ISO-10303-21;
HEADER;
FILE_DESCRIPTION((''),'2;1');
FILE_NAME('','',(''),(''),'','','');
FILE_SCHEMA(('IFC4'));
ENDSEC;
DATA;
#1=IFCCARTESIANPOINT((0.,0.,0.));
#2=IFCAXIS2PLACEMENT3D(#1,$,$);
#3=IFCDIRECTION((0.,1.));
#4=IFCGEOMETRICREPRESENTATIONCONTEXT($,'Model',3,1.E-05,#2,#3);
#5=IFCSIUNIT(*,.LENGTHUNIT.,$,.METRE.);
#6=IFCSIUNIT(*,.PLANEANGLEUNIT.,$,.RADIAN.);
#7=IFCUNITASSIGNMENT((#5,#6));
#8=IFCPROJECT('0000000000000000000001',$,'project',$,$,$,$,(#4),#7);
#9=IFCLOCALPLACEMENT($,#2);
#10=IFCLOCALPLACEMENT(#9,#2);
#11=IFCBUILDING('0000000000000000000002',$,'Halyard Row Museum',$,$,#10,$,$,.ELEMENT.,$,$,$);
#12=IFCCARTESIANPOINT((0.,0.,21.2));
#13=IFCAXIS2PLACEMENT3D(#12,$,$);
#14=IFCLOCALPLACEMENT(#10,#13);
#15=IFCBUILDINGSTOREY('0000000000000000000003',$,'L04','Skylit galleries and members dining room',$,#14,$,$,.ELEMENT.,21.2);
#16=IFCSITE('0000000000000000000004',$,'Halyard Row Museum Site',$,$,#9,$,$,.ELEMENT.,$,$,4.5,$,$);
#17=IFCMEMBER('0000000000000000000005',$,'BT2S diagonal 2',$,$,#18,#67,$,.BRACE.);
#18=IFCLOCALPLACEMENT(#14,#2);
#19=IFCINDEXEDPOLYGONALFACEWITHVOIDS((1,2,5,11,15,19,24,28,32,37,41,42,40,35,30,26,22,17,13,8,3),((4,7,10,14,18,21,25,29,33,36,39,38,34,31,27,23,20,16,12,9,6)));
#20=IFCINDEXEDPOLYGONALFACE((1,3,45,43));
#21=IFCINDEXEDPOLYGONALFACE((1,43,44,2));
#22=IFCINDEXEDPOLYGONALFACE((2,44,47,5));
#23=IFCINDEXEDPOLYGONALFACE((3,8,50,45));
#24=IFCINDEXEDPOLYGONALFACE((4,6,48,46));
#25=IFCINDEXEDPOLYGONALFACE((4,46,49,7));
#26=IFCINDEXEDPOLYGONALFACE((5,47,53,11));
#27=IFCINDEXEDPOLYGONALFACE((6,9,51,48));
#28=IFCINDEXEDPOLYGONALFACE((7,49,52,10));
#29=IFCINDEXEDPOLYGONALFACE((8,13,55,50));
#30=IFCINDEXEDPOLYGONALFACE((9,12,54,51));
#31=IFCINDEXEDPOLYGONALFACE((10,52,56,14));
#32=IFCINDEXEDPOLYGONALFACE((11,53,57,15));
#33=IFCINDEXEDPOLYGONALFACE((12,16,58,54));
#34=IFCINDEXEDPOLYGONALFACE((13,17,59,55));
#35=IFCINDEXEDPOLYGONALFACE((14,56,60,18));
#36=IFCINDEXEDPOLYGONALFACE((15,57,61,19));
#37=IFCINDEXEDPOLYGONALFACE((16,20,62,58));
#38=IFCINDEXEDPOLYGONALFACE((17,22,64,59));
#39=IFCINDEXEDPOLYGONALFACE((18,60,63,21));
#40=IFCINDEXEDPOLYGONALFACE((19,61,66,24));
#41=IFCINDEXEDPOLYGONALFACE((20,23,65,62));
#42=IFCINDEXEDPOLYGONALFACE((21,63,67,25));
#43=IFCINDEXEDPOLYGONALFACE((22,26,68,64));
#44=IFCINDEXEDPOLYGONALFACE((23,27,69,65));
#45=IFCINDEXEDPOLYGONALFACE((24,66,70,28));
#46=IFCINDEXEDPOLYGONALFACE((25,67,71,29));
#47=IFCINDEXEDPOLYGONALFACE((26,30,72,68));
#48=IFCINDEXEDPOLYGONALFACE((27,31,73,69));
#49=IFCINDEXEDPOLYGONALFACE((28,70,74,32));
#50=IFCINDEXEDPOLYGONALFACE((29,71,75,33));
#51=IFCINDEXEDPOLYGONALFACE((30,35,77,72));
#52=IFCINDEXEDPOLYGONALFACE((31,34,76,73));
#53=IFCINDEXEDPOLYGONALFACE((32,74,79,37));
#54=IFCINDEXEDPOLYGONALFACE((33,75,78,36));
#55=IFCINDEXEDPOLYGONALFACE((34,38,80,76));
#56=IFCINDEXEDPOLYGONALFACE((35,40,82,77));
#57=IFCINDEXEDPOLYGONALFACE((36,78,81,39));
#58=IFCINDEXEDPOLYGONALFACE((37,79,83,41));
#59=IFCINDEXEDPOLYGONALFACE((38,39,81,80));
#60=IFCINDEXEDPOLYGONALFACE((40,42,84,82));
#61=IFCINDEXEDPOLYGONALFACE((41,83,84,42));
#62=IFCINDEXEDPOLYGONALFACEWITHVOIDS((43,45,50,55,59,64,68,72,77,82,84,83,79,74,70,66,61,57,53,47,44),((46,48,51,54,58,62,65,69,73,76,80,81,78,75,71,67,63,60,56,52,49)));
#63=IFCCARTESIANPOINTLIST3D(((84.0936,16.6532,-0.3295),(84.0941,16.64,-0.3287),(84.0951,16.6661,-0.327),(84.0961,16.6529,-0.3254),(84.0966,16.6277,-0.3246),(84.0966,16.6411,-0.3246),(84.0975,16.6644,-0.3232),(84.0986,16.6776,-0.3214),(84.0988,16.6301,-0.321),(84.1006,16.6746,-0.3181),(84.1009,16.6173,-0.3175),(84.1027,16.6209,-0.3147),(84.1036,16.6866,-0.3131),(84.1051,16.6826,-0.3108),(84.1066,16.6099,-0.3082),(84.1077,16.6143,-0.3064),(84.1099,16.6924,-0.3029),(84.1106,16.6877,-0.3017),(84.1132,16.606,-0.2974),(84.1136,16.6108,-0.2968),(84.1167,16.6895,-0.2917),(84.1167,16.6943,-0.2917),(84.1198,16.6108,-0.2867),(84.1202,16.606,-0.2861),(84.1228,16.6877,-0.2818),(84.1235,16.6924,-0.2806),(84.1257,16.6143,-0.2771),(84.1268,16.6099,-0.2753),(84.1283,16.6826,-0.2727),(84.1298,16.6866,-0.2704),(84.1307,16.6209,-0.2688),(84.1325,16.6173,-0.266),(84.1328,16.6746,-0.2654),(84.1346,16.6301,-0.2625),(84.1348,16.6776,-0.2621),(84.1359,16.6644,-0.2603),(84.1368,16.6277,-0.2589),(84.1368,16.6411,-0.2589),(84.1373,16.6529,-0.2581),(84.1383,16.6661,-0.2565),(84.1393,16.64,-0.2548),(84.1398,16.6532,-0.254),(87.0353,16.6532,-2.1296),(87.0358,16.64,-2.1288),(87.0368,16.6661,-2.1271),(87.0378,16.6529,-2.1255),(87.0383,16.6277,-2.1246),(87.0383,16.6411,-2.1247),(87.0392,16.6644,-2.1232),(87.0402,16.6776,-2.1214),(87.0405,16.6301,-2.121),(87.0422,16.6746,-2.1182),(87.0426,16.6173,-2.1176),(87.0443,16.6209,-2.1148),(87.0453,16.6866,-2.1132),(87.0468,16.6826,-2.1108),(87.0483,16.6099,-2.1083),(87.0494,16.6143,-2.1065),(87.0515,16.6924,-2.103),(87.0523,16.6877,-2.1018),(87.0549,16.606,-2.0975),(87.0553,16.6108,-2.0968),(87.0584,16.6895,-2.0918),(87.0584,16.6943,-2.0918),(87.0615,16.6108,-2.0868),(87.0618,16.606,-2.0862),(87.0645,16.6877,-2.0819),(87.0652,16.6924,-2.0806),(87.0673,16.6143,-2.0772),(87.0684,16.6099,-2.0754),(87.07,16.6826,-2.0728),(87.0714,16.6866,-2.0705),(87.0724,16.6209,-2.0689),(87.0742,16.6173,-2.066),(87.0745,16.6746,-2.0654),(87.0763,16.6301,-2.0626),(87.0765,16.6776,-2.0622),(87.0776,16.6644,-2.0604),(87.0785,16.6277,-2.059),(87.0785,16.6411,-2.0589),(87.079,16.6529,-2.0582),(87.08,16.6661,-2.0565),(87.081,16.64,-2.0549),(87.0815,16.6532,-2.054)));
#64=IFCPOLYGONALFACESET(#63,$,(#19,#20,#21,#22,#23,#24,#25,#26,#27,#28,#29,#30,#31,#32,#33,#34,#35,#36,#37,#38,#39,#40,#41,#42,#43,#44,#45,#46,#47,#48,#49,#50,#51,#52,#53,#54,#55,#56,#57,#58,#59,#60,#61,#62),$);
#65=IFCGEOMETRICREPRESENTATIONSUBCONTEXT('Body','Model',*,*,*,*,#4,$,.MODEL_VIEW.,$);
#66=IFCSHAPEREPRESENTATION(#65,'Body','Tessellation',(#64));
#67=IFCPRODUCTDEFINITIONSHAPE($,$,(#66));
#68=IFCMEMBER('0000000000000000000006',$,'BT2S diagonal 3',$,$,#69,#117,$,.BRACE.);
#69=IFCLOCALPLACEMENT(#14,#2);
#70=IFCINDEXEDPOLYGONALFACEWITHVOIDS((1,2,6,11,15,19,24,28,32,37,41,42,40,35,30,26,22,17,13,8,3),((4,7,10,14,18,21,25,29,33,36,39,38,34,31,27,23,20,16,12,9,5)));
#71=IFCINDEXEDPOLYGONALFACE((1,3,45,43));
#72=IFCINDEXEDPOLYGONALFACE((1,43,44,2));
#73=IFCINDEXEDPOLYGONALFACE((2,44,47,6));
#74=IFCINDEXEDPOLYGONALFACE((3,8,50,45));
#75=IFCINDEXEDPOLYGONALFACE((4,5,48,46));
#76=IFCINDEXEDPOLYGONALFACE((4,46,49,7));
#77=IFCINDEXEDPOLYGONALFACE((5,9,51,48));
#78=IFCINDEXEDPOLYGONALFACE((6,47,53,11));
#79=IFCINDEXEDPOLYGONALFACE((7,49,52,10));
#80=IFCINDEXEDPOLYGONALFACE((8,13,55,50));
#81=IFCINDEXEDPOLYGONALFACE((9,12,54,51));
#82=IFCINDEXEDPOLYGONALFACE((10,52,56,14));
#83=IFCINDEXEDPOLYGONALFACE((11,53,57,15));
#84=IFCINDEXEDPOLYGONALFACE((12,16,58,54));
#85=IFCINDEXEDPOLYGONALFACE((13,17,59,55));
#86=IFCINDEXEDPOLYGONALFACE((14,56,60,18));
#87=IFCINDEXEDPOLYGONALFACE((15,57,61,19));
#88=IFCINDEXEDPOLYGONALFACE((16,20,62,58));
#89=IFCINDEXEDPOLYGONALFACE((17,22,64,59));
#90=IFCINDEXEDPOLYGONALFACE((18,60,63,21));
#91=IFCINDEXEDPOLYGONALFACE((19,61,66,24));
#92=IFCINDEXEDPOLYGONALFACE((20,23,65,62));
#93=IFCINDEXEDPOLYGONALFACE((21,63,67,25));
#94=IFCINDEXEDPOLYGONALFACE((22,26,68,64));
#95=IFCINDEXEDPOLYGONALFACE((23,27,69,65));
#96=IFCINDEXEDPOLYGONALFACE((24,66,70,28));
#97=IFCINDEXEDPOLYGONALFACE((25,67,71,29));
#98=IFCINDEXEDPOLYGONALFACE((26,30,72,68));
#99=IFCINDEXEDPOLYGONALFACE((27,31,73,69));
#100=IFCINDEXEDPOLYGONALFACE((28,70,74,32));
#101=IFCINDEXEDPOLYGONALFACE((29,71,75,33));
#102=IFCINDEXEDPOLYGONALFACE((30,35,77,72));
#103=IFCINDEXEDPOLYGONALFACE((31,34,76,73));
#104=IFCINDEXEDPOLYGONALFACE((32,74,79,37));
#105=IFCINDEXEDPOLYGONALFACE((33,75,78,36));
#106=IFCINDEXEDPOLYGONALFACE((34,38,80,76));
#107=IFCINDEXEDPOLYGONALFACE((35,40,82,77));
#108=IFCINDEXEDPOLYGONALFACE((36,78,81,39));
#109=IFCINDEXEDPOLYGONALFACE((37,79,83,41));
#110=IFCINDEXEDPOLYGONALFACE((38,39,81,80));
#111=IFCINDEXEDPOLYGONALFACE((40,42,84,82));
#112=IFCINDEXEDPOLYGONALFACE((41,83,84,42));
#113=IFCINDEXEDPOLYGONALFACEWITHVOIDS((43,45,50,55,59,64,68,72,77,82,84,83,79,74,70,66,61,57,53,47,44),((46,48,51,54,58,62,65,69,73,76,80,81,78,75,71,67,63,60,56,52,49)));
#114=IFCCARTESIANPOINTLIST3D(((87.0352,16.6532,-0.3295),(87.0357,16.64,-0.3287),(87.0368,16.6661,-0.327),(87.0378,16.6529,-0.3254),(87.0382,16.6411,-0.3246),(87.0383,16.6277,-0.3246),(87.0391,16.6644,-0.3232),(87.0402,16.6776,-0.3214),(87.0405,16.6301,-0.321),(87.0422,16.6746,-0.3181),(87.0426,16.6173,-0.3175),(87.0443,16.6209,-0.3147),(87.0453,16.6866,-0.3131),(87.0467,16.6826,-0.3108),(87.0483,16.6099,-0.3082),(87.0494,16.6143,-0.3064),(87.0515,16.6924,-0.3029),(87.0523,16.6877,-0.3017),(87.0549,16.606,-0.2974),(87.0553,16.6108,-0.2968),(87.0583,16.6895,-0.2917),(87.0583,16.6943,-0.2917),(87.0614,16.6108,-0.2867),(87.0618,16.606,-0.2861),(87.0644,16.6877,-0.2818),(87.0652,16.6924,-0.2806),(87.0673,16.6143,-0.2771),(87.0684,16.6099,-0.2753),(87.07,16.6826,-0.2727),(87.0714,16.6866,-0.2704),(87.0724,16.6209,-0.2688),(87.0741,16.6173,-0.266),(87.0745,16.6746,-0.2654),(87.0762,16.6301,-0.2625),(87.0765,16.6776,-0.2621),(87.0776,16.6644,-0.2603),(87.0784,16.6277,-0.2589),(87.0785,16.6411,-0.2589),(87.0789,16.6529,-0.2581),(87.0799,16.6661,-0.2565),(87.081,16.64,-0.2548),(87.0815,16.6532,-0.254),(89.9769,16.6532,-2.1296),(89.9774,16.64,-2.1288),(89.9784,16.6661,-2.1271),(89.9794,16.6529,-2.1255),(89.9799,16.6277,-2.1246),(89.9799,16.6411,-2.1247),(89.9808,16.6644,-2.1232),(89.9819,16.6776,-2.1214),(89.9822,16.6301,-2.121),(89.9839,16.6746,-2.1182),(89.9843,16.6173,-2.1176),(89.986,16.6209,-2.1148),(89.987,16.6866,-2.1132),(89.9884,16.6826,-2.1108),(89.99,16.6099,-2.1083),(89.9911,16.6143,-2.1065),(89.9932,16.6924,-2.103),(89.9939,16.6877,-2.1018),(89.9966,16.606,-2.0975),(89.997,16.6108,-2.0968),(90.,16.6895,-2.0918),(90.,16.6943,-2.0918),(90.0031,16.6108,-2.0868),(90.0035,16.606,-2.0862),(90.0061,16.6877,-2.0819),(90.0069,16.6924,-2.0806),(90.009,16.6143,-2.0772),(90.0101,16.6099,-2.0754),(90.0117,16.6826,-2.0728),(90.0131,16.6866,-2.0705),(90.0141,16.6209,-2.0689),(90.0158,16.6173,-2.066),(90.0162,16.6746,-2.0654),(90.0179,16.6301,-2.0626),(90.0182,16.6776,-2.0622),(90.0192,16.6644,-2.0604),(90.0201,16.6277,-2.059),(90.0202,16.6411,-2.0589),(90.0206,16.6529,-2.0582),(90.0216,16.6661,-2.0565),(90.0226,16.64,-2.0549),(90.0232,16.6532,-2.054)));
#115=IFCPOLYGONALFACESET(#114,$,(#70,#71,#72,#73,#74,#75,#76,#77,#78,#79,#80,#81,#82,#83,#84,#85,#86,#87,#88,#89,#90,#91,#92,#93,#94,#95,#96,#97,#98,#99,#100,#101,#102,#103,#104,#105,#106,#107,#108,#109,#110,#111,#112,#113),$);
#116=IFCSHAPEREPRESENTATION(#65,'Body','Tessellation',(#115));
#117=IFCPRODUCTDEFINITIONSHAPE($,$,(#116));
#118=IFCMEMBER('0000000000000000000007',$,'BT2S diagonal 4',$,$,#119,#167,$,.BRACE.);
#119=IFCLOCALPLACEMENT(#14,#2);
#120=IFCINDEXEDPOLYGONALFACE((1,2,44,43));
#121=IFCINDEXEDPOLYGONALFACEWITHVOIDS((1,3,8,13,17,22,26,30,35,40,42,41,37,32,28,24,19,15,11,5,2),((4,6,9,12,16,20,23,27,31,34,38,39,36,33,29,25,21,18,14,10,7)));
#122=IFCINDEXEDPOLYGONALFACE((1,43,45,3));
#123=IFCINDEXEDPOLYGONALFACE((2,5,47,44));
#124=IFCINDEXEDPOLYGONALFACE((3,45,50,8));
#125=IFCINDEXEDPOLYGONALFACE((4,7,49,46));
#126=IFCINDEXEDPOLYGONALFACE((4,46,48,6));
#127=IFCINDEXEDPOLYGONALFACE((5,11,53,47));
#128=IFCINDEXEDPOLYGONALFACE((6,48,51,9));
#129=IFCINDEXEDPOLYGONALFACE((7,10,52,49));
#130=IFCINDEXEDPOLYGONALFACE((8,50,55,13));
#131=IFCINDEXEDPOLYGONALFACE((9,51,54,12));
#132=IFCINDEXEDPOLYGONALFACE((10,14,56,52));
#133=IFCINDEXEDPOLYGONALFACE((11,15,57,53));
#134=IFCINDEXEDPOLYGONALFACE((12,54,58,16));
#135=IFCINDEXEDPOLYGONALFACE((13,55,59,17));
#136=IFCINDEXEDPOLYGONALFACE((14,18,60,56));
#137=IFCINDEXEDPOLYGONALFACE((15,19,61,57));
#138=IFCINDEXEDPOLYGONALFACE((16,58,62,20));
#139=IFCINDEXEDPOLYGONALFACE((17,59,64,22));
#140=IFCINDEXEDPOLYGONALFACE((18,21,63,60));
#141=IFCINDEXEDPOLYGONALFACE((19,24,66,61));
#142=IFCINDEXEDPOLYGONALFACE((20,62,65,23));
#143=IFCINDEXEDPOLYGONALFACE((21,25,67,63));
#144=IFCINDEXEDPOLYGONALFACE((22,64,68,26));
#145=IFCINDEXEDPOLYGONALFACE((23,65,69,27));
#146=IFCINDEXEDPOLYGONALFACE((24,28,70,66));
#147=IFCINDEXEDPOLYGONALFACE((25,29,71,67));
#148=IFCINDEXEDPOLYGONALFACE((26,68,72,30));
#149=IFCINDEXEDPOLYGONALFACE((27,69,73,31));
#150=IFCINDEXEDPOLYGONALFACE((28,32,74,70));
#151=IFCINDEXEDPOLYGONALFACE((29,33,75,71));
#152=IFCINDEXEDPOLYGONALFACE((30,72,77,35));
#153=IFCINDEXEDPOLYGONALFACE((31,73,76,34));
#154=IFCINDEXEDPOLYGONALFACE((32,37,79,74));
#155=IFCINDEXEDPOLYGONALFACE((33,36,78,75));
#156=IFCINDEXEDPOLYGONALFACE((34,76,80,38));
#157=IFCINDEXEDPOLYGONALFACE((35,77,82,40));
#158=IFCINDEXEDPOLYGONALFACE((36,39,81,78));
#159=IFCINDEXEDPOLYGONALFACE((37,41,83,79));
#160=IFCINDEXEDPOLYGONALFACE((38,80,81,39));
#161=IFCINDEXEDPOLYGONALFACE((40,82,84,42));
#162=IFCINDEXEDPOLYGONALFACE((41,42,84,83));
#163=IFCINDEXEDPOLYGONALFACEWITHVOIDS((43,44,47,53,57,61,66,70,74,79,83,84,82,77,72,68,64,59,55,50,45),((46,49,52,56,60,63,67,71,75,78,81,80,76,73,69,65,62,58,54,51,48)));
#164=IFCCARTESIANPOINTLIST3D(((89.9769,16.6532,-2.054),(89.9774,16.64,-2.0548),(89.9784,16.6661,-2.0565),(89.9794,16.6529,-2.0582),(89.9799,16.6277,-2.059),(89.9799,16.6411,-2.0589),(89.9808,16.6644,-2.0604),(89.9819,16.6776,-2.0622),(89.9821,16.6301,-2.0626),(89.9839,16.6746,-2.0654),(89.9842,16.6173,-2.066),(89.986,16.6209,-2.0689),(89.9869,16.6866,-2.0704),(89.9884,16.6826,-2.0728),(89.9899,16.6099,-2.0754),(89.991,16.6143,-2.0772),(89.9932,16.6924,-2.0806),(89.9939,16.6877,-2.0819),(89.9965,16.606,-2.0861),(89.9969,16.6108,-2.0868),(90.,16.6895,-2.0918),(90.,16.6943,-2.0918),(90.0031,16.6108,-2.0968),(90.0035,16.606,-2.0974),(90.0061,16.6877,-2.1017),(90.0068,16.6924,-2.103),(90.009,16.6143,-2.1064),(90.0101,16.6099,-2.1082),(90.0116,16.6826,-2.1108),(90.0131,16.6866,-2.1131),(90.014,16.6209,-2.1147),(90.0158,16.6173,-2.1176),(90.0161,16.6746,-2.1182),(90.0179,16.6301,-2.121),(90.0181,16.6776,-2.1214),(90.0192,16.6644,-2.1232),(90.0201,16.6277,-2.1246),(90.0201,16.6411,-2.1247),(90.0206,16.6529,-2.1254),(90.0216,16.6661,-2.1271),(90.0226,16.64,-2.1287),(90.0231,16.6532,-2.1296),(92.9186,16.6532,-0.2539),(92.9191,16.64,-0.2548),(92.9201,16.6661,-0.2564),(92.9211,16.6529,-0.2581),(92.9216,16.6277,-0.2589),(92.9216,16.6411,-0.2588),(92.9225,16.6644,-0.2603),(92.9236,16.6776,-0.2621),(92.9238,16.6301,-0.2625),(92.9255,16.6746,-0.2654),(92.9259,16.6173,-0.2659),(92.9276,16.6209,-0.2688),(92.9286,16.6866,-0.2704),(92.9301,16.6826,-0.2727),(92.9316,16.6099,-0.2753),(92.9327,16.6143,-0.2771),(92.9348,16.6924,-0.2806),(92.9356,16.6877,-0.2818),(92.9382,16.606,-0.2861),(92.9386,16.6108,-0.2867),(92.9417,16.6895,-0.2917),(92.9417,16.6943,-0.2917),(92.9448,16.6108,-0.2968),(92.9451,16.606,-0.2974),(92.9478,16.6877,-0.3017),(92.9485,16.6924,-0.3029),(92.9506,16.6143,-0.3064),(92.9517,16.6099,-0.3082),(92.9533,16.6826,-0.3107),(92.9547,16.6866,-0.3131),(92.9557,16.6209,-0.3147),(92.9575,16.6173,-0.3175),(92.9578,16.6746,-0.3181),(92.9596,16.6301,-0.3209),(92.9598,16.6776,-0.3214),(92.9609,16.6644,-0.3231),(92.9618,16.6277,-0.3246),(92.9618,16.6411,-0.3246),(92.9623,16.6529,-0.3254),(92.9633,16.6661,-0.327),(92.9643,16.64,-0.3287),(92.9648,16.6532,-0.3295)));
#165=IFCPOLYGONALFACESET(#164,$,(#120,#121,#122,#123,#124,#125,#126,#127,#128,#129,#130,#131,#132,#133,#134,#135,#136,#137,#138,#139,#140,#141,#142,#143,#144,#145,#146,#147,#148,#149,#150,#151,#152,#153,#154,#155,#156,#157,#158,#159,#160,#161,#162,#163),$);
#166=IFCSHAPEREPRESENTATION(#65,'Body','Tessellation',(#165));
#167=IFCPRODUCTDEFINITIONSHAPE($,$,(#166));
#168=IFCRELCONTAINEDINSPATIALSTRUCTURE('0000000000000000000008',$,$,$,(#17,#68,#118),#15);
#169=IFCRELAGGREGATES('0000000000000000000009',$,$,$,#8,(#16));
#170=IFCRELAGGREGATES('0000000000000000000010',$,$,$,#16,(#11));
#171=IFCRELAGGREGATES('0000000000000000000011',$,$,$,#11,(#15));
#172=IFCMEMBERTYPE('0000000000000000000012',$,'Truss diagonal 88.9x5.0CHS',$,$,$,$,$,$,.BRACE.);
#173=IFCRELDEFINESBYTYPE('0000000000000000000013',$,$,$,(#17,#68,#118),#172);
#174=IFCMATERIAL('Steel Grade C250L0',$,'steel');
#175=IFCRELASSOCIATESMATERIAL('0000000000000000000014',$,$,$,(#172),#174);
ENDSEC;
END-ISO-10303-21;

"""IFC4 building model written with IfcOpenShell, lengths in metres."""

from ifc_helpers import new_model, si_unit, direction, frame, origin, origin_2d, place, context, subcontext, project, spatial, hollow_circle, extrude, material, material_profile, profile_set, type_object, element, save


model = new_model("IFC4")

# Units and contexts
model_context = context("Model", 3, precision=1e-05, world=origin(), true_north=direction((0.0, 1.0)))
body_context = subcontext(model_context, "Body", "Model", "MODEL_VIEW")
ifc_project = project(units=[si_unit("LENGTHUNIT", "METRE"), si_unit("PLANEANGLEUNIT", "RADIAN")], contexts=[model_context])

# Site, building, storey
site_placement = place(None, origin())
site = spatial("IfcSite", under=ifc_project, at=site_placement, Name="Halyard Row Museum Site", CompositionType="ELEMENT", RefElevation=4.5)
building_placement = place(site_placement, origin())
building = spatial("IfcBuilding", under=site, at=building_placement, Name="Halyard Row Museum", CompositionType="ELEMENT")
storey_placement = place(building_placement, frame((0.0, 0.0, 21.2)))
storey = spatial("IfcBuildingStorey", under=building, at=storey_placement, Name="L04", Description="Skylit galleries and members dining room", CompositionType="ELEMENT", Elevation=21.2)

# Members
ifc_material_1 = material(Name="Steel Grade C250L0", Category="steel")
ifc_material_profile_1 = material_profile(ifc_material_1, hollow_circle(Radius=0.0444, WallThickness=0.0049, at=origin_2d()), Name="88.9x5.0CHS")
ifc_profile_set_1 = profile_set([ifc_material_profile_1], Name="Steel Grade C250L0")
member_type_1 = type_object("IfcMemberType", Name="Truss diagonal 88.9x5.0CHS", PredefinedType="BRACE", material=ifc_profile_set_1)
for number, where, z_axis, x_axis, name in (
    (1, (84.1167, 16.6499, -0.2917), (0.852975, 0.0, -0.521951), (0.0, 1.0, 0.0), "BT2S diagonal 2"),
    (2, (87.0583, 16.6499, -0.2917), (0.852975, 0.0, -0.521951), (0.0, 1.0, 0.0), "BT2S diagonal 3"),
    (3, (90.0, 16.6499, -2.0918), (0.852975, 0.0, 0.521951), (0.0, 1.0, 0.0), "BT2S diagonal 4"),
):
    element("IfcMember", number, at=place(storey_placement, frame(where, z_axis=z_axis, x_axis=x_axis)), inside=storey, type_object=member_type_1, Name=name, PredefinedType="BRACE", context=body_context, shape_type="SweptSolid", body=[
        extrude(hollow_circle(Radius=0.0444, WallThickness=0.0049, at=origin_2d()), origin(), (0.0, 0.0, 1.0), 3.4487),
    ])

save(model, "model.ifc")
